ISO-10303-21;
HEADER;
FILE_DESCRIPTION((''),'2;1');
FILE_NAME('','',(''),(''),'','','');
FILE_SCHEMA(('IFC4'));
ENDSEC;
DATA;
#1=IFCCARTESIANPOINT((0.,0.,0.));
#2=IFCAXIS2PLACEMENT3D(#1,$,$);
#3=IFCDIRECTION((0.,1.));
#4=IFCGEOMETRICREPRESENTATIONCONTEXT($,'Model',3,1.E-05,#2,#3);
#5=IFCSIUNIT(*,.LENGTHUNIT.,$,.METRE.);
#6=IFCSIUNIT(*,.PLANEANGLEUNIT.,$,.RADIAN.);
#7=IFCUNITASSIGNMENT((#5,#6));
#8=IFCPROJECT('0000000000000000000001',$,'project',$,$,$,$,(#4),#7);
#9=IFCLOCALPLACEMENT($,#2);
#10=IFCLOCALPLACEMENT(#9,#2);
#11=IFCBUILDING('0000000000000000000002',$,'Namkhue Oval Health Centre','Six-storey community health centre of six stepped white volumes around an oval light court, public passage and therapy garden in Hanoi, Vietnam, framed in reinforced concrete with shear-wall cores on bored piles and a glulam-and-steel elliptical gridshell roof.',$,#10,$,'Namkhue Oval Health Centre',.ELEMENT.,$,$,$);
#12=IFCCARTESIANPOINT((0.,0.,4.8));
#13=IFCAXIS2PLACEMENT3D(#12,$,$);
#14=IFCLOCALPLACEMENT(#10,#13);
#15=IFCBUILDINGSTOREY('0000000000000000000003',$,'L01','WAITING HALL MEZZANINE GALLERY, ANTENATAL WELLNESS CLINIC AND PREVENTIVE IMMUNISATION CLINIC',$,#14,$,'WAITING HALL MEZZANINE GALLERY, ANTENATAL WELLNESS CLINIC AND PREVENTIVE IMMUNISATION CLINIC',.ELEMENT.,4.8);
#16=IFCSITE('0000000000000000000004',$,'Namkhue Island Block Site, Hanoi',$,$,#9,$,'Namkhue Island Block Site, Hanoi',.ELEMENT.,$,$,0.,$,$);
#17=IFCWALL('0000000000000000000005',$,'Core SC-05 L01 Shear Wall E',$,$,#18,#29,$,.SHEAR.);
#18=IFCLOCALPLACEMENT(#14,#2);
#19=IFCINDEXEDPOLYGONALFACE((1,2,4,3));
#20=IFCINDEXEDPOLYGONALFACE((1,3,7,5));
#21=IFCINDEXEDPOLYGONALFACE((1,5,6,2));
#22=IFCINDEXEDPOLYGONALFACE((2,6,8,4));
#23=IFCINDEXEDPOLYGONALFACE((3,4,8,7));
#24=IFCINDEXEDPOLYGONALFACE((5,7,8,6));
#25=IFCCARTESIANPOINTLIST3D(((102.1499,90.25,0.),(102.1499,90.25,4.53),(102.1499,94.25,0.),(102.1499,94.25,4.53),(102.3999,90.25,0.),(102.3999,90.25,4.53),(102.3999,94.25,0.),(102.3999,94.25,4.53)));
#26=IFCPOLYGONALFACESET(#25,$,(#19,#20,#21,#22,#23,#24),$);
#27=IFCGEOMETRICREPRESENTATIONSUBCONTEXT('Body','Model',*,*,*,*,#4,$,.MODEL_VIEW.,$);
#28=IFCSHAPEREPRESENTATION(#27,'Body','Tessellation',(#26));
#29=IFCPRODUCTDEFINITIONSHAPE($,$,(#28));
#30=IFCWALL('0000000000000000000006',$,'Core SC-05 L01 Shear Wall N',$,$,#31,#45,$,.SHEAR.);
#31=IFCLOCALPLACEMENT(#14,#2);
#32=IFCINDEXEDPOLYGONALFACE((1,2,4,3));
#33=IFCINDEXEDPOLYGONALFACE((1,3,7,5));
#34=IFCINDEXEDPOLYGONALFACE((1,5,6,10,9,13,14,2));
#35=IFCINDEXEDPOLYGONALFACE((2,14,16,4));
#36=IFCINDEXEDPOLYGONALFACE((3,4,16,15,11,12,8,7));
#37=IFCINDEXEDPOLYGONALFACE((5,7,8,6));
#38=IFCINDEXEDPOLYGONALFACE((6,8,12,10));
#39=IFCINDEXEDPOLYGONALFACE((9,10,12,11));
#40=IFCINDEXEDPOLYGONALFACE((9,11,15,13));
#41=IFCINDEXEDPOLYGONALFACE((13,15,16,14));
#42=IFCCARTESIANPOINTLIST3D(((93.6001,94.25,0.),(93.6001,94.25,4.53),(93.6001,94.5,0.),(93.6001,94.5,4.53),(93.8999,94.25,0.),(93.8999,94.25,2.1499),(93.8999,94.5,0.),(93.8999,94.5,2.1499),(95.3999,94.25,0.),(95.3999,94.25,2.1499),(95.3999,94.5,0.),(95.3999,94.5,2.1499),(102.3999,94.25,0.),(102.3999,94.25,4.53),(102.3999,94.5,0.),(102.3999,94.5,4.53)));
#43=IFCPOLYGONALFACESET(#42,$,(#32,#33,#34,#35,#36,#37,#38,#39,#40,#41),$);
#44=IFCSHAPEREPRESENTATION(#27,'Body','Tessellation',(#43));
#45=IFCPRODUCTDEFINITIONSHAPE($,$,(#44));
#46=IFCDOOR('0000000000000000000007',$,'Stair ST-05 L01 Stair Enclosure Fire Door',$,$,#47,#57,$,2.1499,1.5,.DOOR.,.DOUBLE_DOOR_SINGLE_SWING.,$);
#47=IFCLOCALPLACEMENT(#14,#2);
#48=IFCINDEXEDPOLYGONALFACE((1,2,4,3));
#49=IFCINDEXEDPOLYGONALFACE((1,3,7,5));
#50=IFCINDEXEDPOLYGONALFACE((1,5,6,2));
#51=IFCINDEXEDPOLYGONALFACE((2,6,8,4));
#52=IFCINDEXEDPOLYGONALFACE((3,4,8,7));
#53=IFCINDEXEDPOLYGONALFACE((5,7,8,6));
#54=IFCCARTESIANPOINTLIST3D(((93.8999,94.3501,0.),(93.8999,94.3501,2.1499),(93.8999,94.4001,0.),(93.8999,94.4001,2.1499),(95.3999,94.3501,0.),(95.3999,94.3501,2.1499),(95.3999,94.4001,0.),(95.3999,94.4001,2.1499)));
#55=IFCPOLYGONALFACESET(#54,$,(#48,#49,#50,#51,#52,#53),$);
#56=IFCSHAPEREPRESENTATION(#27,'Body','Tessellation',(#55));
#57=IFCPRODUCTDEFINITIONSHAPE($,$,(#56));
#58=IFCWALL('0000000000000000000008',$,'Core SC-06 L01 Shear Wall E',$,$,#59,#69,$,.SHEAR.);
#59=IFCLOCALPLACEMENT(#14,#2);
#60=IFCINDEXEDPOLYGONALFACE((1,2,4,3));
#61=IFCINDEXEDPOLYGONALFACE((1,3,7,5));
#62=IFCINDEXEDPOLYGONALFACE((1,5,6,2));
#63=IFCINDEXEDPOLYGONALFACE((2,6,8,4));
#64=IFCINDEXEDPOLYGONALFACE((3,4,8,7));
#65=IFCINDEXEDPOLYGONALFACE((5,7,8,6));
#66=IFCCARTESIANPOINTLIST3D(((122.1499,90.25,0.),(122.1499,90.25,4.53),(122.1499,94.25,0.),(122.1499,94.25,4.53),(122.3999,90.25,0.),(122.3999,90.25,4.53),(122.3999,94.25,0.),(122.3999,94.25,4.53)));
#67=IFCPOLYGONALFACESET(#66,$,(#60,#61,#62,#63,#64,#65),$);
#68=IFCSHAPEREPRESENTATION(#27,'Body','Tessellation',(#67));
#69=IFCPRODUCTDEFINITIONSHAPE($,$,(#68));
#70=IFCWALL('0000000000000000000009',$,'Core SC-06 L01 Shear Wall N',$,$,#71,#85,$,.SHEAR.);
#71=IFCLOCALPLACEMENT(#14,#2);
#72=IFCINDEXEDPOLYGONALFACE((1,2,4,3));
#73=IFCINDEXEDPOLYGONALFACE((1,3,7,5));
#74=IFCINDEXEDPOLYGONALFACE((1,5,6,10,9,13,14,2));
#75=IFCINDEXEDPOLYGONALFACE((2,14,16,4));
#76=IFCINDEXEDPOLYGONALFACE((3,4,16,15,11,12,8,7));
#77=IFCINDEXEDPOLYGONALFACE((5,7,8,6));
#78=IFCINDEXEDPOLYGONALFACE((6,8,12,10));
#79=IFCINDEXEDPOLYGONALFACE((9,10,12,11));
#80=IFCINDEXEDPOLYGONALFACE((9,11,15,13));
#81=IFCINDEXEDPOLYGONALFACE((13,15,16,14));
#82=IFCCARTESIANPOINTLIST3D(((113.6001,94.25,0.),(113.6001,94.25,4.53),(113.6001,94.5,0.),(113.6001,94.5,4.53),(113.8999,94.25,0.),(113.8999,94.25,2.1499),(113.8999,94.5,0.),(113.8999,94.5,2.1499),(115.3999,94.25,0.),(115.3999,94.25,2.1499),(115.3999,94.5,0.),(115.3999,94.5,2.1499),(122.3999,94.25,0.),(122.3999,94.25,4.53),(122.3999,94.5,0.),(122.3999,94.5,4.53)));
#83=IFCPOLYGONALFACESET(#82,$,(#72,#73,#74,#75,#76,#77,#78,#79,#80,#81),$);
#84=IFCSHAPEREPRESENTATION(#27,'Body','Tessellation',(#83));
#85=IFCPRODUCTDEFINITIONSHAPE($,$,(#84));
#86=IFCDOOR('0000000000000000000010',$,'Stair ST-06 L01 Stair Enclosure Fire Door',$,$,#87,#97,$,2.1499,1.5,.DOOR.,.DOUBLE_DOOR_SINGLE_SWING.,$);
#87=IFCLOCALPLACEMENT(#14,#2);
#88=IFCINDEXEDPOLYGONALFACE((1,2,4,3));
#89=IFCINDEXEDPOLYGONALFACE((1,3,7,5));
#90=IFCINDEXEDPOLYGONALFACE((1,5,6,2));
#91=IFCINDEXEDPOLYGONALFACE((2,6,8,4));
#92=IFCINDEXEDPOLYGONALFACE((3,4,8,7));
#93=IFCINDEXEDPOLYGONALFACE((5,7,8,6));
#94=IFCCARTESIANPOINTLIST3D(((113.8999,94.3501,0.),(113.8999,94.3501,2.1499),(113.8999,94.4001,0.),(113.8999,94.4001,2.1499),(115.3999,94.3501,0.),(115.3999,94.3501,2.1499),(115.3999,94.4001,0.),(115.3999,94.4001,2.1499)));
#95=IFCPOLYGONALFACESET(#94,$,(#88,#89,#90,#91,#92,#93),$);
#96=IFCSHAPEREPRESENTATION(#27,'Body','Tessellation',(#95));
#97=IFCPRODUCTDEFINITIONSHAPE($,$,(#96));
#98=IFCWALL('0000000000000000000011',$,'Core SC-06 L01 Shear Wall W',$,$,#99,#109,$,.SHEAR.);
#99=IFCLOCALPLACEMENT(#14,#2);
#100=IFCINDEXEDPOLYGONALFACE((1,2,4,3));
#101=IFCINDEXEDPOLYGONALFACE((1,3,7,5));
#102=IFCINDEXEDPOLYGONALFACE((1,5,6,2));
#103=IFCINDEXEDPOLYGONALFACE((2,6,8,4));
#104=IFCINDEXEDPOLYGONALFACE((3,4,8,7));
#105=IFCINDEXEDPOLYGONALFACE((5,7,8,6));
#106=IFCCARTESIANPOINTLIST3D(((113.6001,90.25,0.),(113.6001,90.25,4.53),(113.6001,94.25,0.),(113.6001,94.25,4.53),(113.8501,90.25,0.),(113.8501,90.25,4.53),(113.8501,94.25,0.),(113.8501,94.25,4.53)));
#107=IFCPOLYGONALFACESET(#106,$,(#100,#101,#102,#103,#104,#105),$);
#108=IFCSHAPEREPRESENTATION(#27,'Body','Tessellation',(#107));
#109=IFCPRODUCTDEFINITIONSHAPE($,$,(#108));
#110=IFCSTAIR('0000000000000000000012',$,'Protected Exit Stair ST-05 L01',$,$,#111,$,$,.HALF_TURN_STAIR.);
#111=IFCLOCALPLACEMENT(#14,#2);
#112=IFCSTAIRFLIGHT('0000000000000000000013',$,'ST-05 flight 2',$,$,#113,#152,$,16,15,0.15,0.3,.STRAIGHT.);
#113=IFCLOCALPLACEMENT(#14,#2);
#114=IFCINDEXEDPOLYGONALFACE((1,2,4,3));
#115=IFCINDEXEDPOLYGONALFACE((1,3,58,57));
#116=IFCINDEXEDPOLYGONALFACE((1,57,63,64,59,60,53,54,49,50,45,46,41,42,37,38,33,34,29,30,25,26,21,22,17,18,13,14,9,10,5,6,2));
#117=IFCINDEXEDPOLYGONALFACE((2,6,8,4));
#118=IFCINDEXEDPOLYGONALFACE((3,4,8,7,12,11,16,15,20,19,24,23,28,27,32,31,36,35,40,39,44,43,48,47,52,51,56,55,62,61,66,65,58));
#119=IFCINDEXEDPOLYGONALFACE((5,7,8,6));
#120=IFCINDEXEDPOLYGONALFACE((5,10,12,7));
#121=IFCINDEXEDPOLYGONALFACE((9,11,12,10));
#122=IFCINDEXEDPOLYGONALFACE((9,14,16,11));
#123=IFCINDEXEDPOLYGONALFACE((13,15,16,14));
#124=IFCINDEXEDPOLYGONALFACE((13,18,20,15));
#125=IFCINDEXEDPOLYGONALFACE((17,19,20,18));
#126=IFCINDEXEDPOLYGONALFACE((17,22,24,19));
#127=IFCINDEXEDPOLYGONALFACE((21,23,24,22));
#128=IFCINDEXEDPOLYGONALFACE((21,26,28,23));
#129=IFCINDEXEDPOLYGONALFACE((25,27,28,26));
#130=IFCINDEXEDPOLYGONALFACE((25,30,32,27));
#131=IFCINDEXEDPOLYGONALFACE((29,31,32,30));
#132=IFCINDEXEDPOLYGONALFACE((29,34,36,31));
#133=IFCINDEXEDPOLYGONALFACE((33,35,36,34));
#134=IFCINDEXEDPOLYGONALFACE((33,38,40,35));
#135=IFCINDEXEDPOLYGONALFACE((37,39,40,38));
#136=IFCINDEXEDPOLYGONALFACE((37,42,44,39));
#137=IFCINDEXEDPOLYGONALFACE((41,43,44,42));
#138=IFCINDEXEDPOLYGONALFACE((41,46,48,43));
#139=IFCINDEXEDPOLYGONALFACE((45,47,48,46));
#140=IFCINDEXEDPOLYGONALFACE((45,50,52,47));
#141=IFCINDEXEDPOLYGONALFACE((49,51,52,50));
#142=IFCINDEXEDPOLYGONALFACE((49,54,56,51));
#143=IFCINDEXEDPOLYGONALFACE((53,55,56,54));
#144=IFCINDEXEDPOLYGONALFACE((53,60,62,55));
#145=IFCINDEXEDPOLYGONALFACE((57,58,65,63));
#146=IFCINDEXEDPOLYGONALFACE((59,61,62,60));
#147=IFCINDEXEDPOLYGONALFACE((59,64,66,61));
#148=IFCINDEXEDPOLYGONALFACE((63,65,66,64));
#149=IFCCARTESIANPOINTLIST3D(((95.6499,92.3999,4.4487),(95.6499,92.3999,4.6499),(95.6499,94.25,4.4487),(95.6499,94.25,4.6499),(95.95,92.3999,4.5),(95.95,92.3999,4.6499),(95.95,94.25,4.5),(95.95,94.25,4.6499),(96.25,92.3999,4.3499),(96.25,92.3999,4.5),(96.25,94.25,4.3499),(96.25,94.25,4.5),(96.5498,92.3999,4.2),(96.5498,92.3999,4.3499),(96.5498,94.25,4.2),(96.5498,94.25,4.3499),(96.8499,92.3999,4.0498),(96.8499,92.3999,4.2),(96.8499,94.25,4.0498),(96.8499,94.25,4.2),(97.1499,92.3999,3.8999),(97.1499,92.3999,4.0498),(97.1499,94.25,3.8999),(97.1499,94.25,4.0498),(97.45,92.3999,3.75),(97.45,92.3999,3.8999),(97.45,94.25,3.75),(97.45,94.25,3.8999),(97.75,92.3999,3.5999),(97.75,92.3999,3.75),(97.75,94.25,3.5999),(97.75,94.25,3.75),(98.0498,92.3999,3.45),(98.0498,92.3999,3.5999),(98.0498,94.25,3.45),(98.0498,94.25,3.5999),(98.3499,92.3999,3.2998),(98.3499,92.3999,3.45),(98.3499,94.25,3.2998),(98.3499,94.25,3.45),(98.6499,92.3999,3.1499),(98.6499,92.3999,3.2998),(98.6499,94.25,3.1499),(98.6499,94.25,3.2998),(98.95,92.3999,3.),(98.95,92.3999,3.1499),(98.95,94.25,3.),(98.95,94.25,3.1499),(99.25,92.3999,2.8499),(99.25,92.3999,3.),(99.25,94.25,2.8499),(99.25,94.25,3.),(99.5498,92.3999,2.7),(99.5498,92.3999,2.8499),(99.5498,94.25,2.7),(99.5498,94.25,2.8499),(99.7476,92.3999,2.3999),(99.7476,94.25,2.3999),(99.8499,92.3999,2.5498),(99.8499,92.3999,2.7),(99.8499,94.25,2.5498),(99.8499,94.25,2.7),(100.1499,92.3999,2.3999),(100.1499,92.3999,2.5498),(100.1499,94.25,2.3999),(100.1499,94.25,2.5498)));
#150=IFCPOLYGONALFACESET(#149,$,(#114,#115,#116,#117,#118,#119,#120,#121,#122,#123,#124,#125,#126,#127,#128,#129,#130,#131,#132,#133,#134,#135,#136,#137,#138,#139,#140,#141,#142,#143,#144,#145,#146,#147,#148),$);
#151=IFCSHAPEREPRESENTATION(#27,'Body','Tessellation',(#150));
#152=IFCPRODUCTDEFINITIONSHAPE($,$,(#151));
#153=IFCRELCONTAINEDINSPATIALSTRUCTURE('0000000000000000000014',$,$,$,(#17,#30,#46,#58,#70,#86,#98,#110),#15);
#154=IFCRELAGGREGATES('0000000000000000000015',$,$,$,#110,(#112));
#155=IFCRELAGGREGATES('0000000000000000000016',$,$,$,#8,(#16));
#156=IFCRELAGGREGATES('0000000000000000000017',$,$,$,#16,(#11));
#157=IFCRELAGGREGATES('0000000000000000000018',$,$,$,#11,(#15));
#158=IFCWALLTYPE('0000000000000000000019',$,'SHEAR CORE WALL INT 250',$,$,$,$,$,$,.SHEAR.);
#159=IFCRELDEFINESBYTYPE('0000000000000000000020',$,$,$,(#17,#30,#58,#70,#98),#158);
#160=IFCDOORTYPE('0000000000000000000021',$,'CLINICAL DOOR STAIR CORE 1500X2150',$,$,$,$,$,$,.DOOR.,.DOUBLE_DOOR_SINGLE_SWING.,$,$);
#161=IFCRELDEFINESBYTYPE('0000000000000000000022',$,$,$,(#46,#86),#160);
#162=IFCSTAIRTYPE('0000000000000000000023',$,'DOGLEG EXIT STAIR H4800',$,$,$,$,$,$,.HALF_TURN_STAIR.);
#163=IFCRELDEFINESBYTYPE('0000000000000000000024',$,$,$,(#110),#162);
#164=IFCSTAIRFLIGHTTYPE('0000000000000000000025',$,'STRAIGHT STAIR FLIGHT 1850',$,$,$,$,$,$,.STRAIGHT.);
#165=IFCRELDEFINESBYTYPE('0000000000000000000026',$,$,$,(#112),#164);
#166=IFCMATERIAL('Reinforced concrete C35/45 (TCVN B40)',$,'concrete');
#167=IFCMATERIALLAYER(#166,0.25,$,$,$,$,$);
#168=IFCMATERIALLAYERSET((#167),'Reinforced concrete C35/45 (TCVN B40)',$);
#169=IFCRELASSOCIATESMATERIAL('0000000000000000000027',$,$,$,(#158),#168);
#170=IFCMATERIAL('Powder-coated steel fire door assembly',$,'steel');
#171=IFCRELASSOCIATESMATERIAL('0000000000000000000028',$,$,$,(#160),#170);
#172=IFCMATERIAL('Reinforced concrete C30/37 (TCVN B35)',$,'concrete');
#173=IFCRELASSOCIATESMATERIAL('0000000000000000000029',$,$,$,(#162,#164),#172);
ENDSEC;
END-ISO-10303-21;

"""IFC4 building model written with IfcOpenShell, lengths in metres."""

from ifc_helpers import new_model, si_unit, direction, frame, frame_2d, origin, place, context, subcontext, project, spatial, polyline, rectangle, outline, extrude, material, layer, layer_set, type_object, element, fill, aggregate, save


model = new_model("IFC4")

# Units and contexts
model_context = context("Model", 3, precision=1e-05, world=origin(), true_north=direction((0.0, 1.0)))
body_context = subcontext(model_context, "Body", "Model", "MODEL_VIEW")
ifc_project = project(units=[si_unit("LENGTHUNIT", "METRE"), si_unit("PLANEANGLEUNIT", "RADIAN")], contexts=[model_context])

# Site, building, storey
site_placement = place(None, origin())
site = spatial("IfcSite", under=ifc_project, at=site_placement, Name="Namkhue Island Block Site, Hanoi", LongName="Namkhue Island Block Site, Hanoi", CompositionType="ELEMENT", RefElevation=0.0)
building_placement = place(site_placement, origin())
building = spatial("IfcBuilding", under=site, at=building_placement, Name="Namkhue Oval Health Centre", Description="Six-storey community health centre of six stepped white volumes around an oval light court, public passage and therapy garden in Hanoi, Vietnam, framed in reinforced concrete with shear-wall cores on bored piles and a glulam-and-steel elliptical gridshell roof.", LongName="Namkhue Oval Health Centre", CompositionType="ELEMENT")
storey_placement = place(building_placement, frame((0.0, 0.0, 4.8)))
storey = spatial("IfcBuildingStorey", under=building, at=storey_placement, Name="L01", Description="WAITING HALL MEZZANINE GALLERY, ANTENATAL WELLNESS CLINIC AND PREVENTIVE IMMUNISATION CLINIC", LongName="WAITING HALL MEZZANINE GALLERY, ANTENATAL WELLNESS CLINIC AND PREVENTIVE IMMUNISATION CLINIC", CompositionType="ELEMENT", Elevation=4.8)

# Shared definitions
ifc_material_1 = material(Name="Reinforced concrete C35/45 (TCVN B40)", Category="concrete")

# Shared definitions
ifc_material_2 = material(Name="Reinforced concrete C30/37 (TCVN B35)", Category="concrete")

# Shared definitions
ifc_material_3 = material(Name="Powder-coated steel fire door assembly", Category="steel")

# Wall
ifc_layer_1 = layer(ifc_material_1, 0.25)
ifc_layer_set_1 = layer_set([ifc_layer_1], Name="Reinforced concrete C35/45 (TCVN B40)")
wall_type_1 = type_object("IfcWallType", Name="SHEAR CORE WALL INT 250", PredefinedType="SHEAR", material=ifc_layer_set_1)
wall_1_placement = place(storey_placement, frame((102.2749, 90.25, 0.0), z_axis=(0.0, 0.0, 1.0), x_axis=(0.0, 1.0, 0.0)))
element("IfcWall", 1, at=wall_1_placement, inside=storey, type_object=wall_type_1, Name="Core SC-05 L01 Shear Wall E", PredefinedType="SHEAR", context=body_context, shape_type="SweptSolid", body=[
    extrude(rectangle(XDim=4.0, YDim=0.25, at=frame_2d((2.0, 0.0))), origin(), (0.0, 0.0, 1.0), 4.53),
])

# Wall, opening, door
wall_2_placement = place(storey_placement, frame((102.3999, 94.375, 0.0), z_axis=(0.0, 0.0, 1.0), x_axis=(-1.0, 0.0, 0.0)))
wall_2 = element("IfcWall", 2, at=wall_2_placement, inside=storey, type_object=wall_type_1, Name="Core SC-05 L01 Shear Wall N", PredefinedType="SHEAR", context=body_context, shape_type="SweptSolid", body=[
    extrude(rectangle(XDim=8.7998, YDim=0.25, at=frame_2d((4.3999, 0.0))), origin(), (0.0, 0.0, 1.0), 4.53),
])
opening_1_placement = place(wall_2_placement, frame((7.0, 0.0, 0.0)))
opening_1 = element("IfcOpeningElement", 3, at=opening_1_placement, cuts=wall_2, PredefinedType="OPENING", context=body_context, shape_type="SweptSolid", body=[
    extrude(rectangle(XDim=1.5, YDim=2.1499, at=frame_2d((0.75, 1.075))), frame((0.0, 0.135, 0.0), z_axis=(0.0, -1.0, 0.0), x_axis=(1.0, 0.0, 0.0)), (0.0, 0.0, 1.0), 0.27),
])
door_type_1 = type_object("IfcDoorType", Name="CLINICAL DOOR STAIR CORE 1500X2150", OperationType="DOUBLE_DOOR_SINGLE_SWING", PredefinedType="DOOR", material=ifc_material_3)
door_1_placement = place(opening_1_placement, origin())
door_1 = element("IfcDoor", 4, at=door_1_placement, inside=storey, type_object=door_type_1, Name="Stair ST-05 L01 Stair Enclosure Fire Door", OperationType="DOUBLE_DOOR_SINGLE_SWING", OverallHeight=2.1499, OverallWidth=1.5, PredefinedType="DOOR", context=body_context, shape_type="SweptSolid", body=[
    extrude(rectangle(XDim=1.5, YDim=2.1499, at=frame_2d((0.75, 1.075))), frame((0.0, 0.0249, 0.0), z_axis=(0.0, -1.0, 0.0), x_axis=(1.0, 0.0, 0.0)), (0.0, 0.0, 1.0), 0.05),
])
fill(opening_1, door_1)

# Wall
wall_3_placement = place(storey_placement, frame((122.2749, 90.25, 0.0), z_axis=(0.0, 0.0, 1.0), x_axis=(0.0, 1.0, 0.0)))
element("IfcWall", 5, at=wall_3_placement, inside=storey, type_object=wall_type_1, Name="Core SC-06 L01 Shear Wall E", PredefinedType="SHEAR", context=body_context, shape_type="SweptSolid", body=[
    extrude(rectangle(XDim=4.0, YDim=0.25, at=frame_2d((2.0, 0.0))), origin(), (0.0, 0.0, 1.0), 4.53),
])

# Wall, opening, door
wall_4_placement = place(storey_placement, frame((122.3999, 94.375, 0.0), z_axis=(0.0, 0.0, 1.0), x_axis=(-1.0, 0.0, 0.0)))
wall_4 = element("IfcWall", 6, at=wall_4_placement, inside=storey, type_object=wall_type_1, Name="Core SC-06 L01 Shear Wall N", PredefinedType="SHEAR", context=body_context, shape_type="SweptSolid", body=[
    extrude(rectangle(XDim=8.7998, YDim=0.25, at=frame_2d((4.3999, 0.0))), origin(), (0.0, 0.0, 1.0), 4.53),
])
opening_2_placement = place(wall_4_placement, frame((7.0, 0.0, 0.0)))
opening_2 = element("IfcOpeningElement", 7, at=opening_2_placement, cuts=wall_4, PredefinedType="OPENING", context=body_context, shape_type="SweptSolid", body=[
    extrude(rectangle(XDim=1.5, YDim=2.1499, at=frame_2d((0.75, 1.075))), frame((0.0, 0.135, 0.0), z_axis=(0.0, -1.0, 0.0), x_axis=(1.0, 0.0, 0.0)), (0.0, 0.0, 1.0), 0.27),
])
door_2_placement = place(opening_2_placement, origin())
door_2 = element("IfcDoor", 8, at=door_2_placement, inside=storey, type_object=door_type_1, Name="Stair ST-06 L01 Stair Enclosure Fire Door", OperationType="DOUBLE_DOOR_SINGLE_SWING", OverallHeight=2.1499, OverallWidth=1.5, PredefinedType="DOOR", context=body_context, shape_type="SweptSolid", body=[
    extrude(rectangle(XDim=1.5, YDim=2.1499, at=frame_2d((0.75, 1.075))), frame((0.0, 0.0249, 0.0), z_axis=(0.0, -1.0, 0.0), x_axis=(1.0, 0.0, 0.0)), (0.0, 0.0, 1.0), 0.05),
])
fill(opening_2, door_2)

# Wall
wall_5_placement = place(storey_placement, frame((113.7251, 94.25, 0.0), z_axis=(0.0, 0.0, 1.0), x_axis=(0.0, -1.0, 0.0)))
element("IfcWall", 9, at=wall_5_placement, inside=storey, type_object=wall_type_1, Name="Core SC-06 L01 Shear Wall W", PredefinedType="SHEAR", context=body_context, shape_type="SweptSolid", body=[
    extrude(rectangle(XDim=4.0, YDim=0.25, at=frame_2d((2.0, 0.0))), origin(), (0.0, 0.0, 1.0), 4.53),
])

# Stair, stair flight
stair_type = type_object("IfcStairType", Name="DOGLEG EXIT STAIR H4800", PredefinedType="HALF_TURN_STAIR", material=ifc_material_2)
stair_1_placement = place(storey_placement, origin())
stair_1 = element("IfcStair", 10, at=stair_1_placement, inside=storey, type_object=stair_type, Name="Protected Exit Stair ST-05 L01", PredefinedType="HALF_TURN_STAIR")
stair_flight_type = type_object("IfcStairFlightType", Name="STRAIGHT STAIR FLIGHT 1850", PredefinedType="STRAIGHT", material=ifc_material_2)
stair_flight_1_placement = place(storey_placement, frame((100.1499, 93.325, 2.3999), z_axis=(0.0, 0.0, 1.0), x_axis=(-1.0, 0.0, 0.0)))
stair_flight_1 = element("IfcStairFlight", 11, at=stair_flight_1_placement, type_object=stair_flight_type, Name="ST-05 flight 2", NumberOfRisers=16, NumberOfTreads=15, PredefinedType="STRAIGHT", RiserHeight=0.15, TreadLength=0.3, context=body_context, shape_type="SweptSolid", body=[
    extrude(outline(polyline([(0.0, 0.0), (0.0, 0.1499), (0.3, 0.1499), (0.3, 0.3), (0.6001, 0.3), (0.6001, 0.45), (0.8999, 0.45), (0.8999, 0.6001), (1.2, 0.6001), (1.2, 0.75), (1.5, 0.75), (1.5, 0.8999), (1.8, 0.8999), (1.8, 1.05), (2.1001, 1.05), (2.1001, 1.2), (2.3999, 1.2), (2.3999, 1.3501), (2.7, 1.3501), (2.7, 1.5), (3.0, 1.5), (3.0, 1.6499), (3.3, 1.6499), (3.3, 1.8), (3.6001, 1.8), (3.6001, 1.95), (3.8999, 1.95), (3.8999, 2.1001), (4.2, 2.1001), (4.2, 2.25), (4.5, 2.25), (4.5, 2.3999), (4.5, 2.0488), (0.4023, 0.0), (0.0, 0.0)])), frame((0.0, 0.925, 0.0), z_axis=(0.0, -1.0, 0.0), x_axis=(1.0, 0.0, 0.0)), (0.0, 0.0, 1.0), 1.8501),
])
aggregate(stair_1, [stair_flight_1])

save(model, "model.ifc")
